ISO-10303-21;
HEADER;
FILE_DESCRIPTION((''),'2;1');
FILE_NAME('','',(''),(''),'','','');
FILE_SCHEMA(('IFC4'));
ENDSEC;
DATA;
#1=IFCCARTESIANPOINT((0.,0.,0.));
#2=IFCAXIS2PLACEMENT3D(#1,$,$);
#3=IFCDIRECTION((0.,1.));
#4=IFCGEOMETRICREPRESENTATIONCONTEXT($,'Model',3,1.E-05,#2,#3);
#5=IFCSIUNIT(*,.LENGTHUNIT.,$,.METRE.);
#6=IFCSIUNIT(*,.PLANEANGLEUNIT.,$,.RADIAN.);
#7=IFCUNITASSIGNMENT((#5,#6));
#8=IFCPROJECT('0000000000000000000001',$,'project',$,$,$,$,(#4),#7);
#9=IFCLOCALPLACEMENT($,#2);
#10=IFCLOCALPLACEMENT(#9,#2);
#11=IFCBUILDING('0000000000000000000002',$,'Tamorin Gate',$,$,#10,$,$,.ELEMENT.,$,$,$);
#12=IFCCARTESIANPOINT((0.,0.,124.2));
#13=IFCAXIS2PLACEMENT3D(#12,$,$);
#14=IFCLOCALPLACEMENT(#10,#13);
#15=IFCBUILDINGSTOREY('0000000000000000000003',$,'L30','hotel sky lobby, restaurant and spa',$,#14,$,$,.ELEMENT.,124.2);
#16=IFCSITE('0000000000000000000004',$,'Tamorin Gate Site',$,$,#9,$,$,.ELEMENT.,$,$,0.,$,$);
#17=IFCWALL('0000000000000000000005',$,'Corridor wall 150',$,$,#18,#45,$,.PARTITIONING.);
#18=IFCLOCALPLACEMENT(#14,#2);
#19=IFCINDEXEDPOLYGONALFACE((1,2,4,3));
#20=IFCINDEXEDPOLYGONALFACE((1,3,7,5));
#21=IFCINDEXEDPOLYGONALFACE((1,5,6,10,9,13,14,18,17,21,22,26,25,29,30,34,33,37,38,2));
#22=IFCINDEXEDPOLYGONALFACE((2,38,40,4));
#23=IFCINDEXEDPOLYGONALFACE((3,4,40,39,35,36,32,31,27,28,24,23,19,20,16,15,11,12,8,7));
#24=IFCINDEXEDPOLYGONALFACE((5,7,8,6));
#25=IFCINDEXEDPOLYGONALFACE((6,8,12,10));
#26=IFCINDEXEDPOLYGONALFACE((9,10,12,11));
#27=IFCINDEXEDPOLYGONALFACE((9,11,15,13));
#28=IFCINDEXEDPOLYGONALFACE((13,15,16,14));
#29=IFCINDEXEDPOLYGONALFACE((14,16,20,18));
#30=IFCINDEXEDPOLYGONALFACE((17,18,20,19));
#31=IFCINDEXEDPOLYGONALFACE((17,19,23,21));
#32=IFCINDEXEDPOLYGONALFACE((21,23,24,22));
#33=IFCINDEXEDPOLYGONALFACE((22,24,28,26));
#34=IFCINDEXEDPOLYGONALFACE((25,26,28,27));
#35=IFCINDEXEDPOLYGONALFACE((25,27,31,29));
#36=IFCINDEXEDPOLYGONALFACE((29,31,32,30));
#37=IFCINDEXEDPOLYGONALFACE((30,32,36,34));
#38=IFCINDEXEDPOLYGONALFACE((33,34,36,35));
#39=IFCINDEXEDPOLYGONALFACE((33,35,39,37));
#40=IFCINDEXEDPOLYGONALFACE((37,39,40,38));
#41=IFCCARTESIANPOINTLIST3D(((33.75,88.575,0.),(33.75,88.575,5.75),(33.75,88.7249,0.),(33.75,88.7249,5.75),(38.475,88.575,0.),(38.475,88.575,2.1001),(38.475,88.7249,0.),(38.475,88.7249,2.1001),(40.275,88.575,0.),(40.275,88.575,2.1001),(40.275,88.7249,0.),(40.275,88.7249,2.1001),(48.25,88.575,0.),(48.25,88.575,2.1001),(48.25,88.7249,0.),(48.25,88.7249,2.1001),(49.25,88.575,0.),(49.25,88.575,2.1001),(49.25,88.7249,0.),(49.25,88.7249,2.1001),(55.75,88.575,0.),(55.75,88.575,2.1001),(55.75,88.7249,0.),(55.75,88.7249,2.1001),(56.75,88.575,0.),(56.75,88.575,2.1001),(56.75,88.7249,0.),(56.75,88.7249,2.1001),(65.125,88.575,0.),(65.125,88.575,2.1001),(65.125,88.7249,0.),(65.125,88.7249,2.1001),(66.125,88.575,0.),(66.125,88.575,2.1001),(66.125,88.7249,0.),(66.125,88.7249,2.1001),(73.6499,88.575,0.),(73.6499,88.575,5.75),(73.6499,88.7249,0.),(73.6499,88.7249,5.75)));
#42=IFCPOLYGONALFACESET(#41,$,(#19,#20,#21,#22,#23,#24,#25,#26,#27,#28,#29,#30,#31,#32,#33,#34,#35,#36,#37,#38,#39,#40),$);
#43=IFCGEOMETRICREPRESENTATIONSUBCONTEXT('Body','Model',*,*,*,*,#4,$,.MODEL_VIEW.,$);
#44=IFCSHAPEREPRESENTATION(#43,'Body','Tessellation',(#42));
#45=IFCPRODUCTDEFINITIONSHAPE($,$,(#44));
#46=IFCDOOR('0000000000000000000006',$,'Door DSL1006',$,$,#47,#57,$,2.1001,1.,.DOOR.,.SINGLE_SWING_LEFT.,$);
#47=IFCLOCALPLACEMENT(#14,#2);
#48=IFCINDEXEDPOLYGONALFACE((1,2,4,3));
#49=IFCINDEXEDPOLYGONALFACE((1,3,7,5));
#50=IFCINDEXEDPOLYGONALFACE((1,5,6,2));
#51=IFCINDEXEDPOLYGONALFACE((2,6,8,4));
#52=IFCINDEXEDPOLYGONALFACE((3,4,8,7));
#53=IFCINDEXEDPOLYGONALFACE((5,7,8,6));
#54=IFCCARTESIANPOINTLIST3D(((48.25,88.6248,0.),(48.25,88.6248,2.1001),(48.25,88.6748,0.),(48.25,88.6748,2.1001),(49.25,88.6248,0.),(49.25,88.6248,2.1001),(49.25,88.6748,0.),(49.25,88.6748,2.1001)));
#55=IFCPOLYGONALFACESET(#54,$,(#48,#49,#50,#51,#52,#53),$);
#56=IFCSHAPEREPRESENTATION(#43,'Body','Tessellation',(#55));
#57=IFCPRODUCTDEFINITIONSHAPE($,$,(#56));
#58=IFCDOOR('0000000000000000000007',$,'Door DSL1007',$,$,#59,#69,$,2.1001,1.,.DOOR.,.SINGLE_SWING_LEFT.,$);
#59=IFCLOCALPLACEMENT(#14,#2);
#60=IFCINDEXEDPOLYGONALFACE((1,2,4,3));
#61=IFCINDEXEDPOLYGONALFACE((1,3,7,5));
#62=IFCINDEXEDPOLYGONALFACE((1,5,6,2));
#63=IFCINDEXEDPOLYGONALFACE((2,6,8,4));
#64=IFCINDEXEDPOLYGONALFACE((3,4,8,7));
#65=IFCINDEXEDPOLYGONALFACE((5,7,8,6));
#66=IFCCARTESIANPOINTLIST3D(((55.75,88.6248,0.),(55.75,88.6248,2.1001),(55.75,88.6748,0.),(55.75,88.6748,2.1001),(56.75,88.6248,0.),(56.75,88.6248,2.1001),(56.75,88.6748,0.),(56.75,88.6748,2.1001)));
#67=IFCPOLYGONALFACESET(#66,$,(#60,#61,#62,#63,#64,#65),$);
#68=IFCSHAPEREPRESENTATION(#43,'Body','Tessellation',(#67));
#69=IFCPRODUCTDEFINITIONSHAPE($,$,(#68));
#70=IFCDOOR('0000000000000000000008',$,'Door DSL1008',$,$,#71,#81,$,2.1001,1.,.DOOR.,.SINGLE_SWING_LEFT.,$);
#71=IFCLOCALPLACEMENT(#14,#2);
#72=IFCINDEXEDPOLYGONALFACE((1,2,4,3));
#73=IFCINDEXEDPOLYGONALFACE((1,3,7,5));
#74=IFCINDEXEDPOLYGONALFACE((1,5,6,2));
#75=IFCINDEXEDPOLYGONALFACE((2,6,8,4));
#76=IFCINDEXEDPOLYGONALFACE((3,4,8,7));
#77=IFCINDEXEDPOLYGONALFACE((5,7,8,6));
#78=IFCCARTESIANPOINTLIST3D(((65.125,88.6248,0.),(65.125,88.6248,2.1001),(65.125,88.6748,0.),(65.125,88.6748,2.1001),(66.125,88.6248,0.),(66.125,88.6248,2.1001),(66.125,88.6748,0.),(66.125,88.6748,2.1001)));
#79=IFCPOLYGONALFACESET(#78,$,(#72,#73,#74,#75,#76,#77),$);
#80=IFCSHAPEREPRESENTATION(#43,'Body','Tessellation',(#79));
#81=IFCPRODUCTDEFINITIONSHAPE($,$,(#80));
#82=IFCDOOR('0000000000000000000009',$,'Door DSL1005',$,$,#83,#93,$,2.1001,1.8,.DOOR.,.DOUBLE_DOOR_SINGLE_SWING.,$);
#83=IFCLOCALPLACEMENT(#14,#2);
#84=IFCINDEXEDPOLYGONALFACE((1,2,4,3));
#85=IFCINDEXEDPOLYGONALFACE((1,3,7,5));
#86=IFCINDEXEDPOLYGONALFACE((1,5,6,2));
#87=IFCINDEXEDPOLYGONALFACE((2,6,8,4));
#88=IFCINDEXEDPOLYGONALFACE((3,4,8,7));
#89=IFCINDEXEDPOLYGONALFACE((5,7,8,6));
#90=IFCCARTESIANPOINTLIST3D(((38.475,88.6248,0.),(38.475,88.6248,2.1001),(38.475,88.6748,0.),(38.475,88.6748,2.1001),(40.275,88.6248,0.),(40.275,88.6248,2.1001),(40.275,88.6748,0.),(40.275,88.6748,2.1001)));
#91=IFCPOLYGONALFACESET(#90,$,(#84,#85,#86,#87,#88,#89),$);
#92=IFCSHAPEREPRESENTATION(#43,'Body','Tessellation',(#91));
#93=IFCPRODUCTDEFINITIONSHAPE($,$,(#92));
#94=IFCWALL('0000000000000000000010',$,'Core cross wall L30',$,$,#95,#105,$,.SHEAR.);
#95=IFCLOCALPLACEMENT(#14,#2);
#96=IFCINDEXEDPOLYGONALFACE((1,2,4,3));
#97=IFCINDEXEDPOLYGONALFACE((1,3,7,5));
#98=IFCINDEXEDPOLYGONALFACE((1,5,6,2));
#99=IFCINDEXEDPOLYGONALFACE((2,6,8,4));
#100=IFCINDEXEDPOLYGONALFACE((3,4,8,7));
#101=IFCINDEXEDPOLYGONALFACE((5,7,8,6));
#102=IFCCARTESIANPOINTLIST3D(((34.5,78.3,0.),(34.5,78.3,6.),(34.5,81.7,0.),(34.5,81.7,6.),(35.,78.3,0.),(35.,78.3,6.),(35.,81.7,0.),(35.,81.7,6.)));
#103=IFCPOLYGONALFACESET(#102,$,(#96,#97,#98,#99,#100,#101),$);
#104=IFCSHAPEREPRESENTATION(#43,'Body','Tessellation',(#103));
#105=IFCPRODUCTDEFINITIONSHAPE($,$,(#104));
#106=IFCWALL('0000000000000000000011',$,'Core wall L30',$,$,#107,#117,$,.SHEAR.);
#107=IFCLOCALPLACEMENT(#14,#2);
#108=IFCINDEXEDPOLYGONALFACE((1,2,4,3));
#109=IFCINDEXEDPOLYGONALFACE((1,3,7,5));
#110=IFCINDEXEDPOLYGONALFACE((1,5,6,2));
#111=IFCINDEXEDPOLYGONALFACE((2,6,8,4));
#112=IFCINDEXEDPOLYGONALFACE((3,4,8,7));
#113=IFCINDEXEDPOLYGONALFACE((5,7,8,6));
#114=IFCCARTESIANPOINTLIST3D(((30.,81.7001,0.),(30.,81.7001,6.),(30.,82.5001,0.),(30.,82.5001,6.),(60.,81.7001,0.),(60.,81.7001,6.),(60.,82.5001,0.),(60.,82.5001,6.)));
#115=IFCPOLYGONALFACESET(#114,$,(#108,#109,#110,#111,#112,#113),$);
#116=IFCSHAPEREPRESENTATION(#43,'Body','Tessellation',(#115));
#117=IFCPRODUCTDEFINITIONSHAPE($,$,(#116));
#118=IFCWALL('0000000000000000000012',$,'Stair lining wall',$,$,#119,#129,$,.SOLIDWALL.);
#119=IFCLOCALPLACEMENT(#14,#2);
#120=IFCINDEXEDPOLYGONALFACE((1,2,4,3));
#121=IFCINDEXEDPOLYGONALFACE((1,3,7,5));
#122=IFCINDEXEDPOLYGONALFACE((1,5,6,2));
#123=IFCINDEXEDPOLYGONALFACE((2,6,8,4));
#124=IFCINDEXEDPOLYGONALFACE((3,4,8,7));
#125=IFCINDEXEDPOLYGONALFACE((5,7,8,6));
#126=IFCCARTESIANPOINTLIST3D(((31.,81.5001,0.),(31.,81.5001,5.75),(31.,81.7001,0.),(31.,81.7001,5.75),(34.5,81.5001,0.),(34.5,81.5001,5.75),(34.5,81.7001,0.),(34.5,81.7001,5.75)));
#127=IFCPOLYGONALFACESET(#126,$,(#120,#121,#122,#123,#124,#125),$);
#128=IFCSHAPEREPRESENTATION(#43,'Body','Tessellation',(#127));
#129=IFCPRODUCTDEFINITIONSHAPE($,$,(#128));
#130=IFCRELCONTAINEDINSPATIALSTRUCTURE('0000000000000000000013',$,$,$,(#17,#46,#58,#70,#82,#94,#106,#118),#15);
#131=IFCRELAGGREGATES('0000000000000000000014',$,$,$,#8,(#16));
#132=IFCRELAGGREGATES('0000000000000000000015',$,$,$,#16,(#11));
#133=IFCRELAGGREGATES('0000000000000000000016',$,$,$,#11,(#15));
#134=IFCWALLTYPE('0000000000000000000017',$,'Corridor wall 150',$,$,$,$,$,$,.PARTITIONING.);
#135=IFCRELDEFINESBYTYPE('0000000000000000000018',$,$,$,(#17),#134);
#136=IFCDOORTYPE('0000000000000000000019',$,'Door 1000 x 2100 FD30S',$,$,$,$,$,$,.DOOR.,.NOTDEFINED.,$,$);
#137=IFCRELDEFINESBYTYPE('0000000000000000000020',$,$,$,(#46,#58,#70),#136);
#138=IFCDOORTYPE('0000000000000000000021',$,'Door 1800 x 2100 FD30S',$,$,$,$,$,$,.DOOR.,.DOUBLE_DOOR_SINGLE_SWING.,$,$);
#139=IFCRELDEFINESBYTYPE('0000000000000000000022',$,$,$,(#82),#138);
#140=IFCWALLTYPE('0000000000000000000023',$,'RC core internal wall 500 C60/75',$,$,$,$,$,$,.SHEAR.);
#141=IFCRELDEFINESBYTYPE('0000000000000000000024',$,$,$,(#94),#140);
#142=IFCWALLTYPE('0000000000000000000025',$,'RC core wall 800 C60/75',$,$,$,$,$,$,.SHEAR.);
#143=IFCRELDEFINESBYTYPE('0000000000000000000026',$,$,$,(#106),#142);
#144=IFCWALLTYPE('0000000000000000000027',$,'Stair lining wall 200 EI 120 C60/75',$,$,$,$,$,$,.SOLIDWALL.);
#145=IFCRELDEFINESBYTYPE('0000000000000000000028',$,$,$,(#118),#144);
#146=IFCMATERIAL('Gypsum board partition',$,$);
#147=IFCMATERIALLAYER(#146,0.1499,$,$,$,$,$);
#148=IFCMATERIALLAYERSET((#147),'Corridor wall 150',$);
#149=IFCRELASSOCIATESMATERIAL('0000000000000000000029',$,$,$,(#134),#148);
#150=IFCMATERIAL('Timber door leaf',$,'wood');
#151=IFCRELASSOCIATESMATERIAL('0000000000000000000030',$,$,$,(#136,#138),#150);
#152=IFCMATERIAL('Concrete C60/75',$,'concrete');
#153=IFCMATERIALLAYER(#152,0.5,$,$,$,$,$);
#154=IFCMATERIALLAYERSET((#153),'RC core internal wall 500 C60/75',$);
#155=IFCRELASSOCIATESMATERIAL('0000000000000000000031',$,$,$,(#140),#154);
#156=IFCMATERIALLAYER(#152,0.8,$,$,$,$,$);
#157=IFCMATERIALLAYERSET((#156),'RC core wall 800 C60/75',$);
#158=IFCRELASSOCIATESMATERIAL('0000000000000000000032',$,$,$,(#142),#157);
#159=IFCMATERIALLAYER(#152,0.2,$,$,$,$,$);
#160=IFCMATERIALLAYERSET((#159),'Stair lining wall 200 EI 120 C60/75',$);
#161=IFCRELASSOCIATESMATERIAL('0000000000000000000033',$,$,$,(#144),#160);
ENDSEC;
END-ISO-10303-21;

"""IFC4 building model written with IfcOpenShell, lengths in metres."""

from ifc_helpers import new_model, si_unit, direction, frame, frame_2d, origin, place, context, subcontext, project, spatial, rectangle, extrude, material, layer, layer_set, type_object, element, fill, save


model = new_model("IFC4")

# Units and contexts
model_context = context("Model", 3, precision=1e-05, world=origin(), true_north=direction((0.0, 1.0)))
body_context = subcontext(model_context, "Body", "Model", "MODEL_VIEW")
ifc_project = project(units=[si_unit("LENGTHUNIT", "METRE"), si_unit("PLANEANGLEUNIT", "RADIAN")], contexts=[model_context])

# Site, building, storey
site_placement = place(None, origin())
site = spatial("IfcSite", under=ifc_project, at=site_placement, Name="Tamorin Gate Site", CompositionType="ELEMENT", RefElevation=0.0)
building_placement = place(site_placement, origin())
building = spatial("IfcBuilding", under=site, at=building_placement, Name="Tamorin Gate", CompositionType="ELEMENT")
storey_placement = place(building_placement, frame((0.0, 0.0, 124.2)))
storey = spatial("IfcBuildingStorey", under=building, at=storey_placement, Name="L30", Description="hotel sky lobby, restaurant and spa", CompositionType="ELEMENT", Elevation=124.2)

# Wall, openings, doors
ifc_material_1 = material(Name="Gypsum board partition")
ifc_layer_1 = layer(ifc_material_1, 0.1499)
ifc_layer_set_1 = layer_set([ifc_layer_1], Name="Corridor wall 150")
wall_type_1 = type_object("IfcWallType", Name="Corridor wall 150", PredefinedType="PARTITIONING", material=ifc_layer_set_1)
ifc_material_2 = material(Name="Timber door leaf", Category="wood")
wall_1_placement = place(storey_placement, frame((33.75, 88.6499, 0.0), z_axis=(0.0, 0.0, 1.0), x_axis=(1.0, 0.0, 0.0)))
wall_1 = element("IfcWall", 1, at=wall_1_placement, inside=storey, type_object=wall_type_1, Name="Corridor wall 150", PredefinedType="PARTITIONING", context=body_context, shape_type="SweptSolid", body=[
    extrude(rectangle(XDim=39.8999, YDim=0.1499, at=frame_2d((19.95, 0.0))), origin(), (0.0, 0.0, 1.0), 5.75),
])
opening_1_placement = place(wall_1_placement, frame((4.7251, 0.0, 0.0)))
opening_1 = element("IfcOpeningElement", 2, at=opening_1_placement, cuts=wall_1, PredefinedType="OPENING", context=body_context, shape_type="SweptSolid", body=[
    extrude(rectangle(XDim=1.8, YDim=2.1001, at=frame_2d((0.8999, 1.05))), frame((0.0, 0.085, 0.0), z_axis=(0.0, -1.0, 0.0), x_axis=(1.0, 0.0, 0.0)), (0.0, 0.0, 1.0), 0.1699),
])
opening_2_placement = place(wall_1_placement, frame((14.5, 0.0, 0.0)))
opening_2 = element("IfcOpeningElement", 3, at=opening_2_placement, cuts=wall_1, PredefinedType="OPENING", context=body_context, shape_type="SweptSolid", body=[
    extrude(rectangle(XDim=1.0, YDim=2.1001, at=frame_2d((0.5, 1.05))), frame((0.0, 0.085, 0.0), z_axis=(0.0, -1.0, 0.0), x_axis=(1.0, 0.0, 0.0)), (0.0, 0.0, 1.0), 0.1699),
])
opening_3_placement = place(wall_1_placement, frame((22.0, 0.0, 0.0)))
opening_3 = element("IfcOpeningElement", 4, at=opening_3_placement, cuts=wall_1, PredefinedType="OPENING", context=body_context, shape_type="SweptSolid", body=[
    extrude(rectangle(XDim=1.0, YDim=2.1001, at=frame_2d((0.5, 1.05))), frame((0.0, 0.085, 0.0), z_axis=(0.0, -1.0, 0.0), x_axis=(1.0, 0.0, 0.0)), (0.0, 0.0, 1.0), 0.1699),
])
opening_4_placement = place(wall_1_placement, frame((31.375, 0.0, 0.0)))
opening_4 = element("IfcOpeningElement", 5, at=opening_4_placement, cuts=wall_1, PredefinedType="OPENING", context=body_context, shape_type="SweptSolid", body=[
    extrude(rectangle(XDim=1.0, YDim=2.1001, at=frame_2d((0.5, 1.05))), frame((0.0, 0.085, 0.0), z_axis=(0.0, -1.0, 0.0), x_axis=(1.0, 0.0, 0.0)), (0.0, 0.0, 1.0), 0.1699),
])
door_type_1 = type_object("IfcDoorType", Name="Door 1000 x 2100 FD30S", OperationType="NOTDEFINED", PredefinedType="DOOR", material=ifc_material_2)
door_1_placement = place(opening_2_placement, origin())
door_1 = element("IfcDoor", 6, at=door_1_placement, inside=storey, type_object=door_type_1, Name="Door DSL1006", OperationType="SINGLE_SWING_LEFT", OverallHeight=2.1001, OverallWidth=1.0, PredefinedType="DOOR", context=body_context, shape_type="SweptSolid", body=[
    extrude(rectangle(XDim=1.0, YDim=2.1001, at=frame_2d((0.5, 1.05))), frame((0.0, 0.0249, 0.0), z_axis=(0.0, -1.0, 0.0), x_axis=(1.0, 0.0, 0.0)), (0.0, 0.0, 1.0), 0.05),
])
fill(opening_2, door_1)
door_2_placement = place(opening_3_placement, origin())
door_2 = element("IfcDoor", 7, at=door_2_placement, inside=storey, type_object=door_type_1, Name="Door DSL1007", OperationType="SINGLE_SWING_LEFT", OverallHeight=2.1001, OverallWidth=1.0, PredefinedType="DOOR", context=body_context, shape_type="SweptSolid", body=[
    extrude(rectangle(XDim=1.0, YDim=2.1001, at=frame_2d((0.5, 1.05))), frame((0.0, 0.0249, 0.0), z_axis=(0.0, -1.0, 0.0), x_axis=(1.0, 0.0, 0.0)), (0.0, 0.0, 1.0), 0.05),
])
fill(opening_3, door_2)
door_3_placement = place(opening_4_placement, origin())
door_3 = element("IfcDoor", 8, at=door_3_placement, inside=storey, type_object=door_type_1, Name="Door DSL1008", OperationType="SINGLE_SWING_LEFT", OverallHeight=2.1001, OverallWidth=1.0, PredefinedType="DOOR", context=body_context, shape_type="SweptSolid", body=[
    extrude(rectangle(XDim=1.0, YDim=2.1001, at=frame_2d((0.5, 1.05))), frame((0.0, 0.0249, 0.0), z_axis=(0.0, -1.0, 0.0), x_axis=(1.0, 0.0, 0.0)), (0.0, 0.0, 1.0), 0.05),
])
fill(opening_4, door_3)
door_type_2 = type_object("IfcDoorType", Name="Door 1800 x 2100 FD30S", OperationType="DOUBLE_DOOR_SINGLE_SWING", PredefinedType="DOOR", material=ifc_material_2)
door_4_placement = place(opening_1_placement, origin())
door_4 = element("IfcDoor", 9, at=door_4_placement, inside=storey, type_object=door_type_2, Name="Door DSL1005", OperationType="DOUBLE_DOOR_SINGLE_SWING", OverallHeight=2.1001, OverallWidth=1.8, PredefinedType="DOOR", context=body_context, shape_type="SweptSolid", body=[
    extrude(rectangle(XDim=1.8, YDim=2.1001, at=frame_2d((0.8999, 1.05))), frame((0.0, 0.0249, 0.0), z_axis=(0.0, -1.0, 0.0), x_axis=(1.0, 0.0, 0.0)), (0.0, 0.0, 1.0), 0.05),
])
fill(opening_1, door_4)

# Walls
ifc_material_3 = material(Name="Concrete C60/75", Category="concrete")
ifc_layer_2 = layer(ifc_material_3, 0.5)
ifc_layer_set_2 = layer_set([ifc_layer_2], Name="RC core internal wall 500 C60/75")
wall_type_2 = type_object("IfcWallType", Name="RC core internal wall 500 C60/75", PredefinedType="SHEAR", material=ifc_layer_set_2)
wall_2_placement = place(storey_placement, frame((34.75, 78.3, 0.0), z_axis=(0.0, 0.0, 1.0), x_axis=(0.0, 1.0, 0.0)))
element("IfcWall", 10, at=wall_2_placement, inside=storey, type_object=wall_type_2, Name="Core cross wall L30", PredefinedType="SHEAR", context=body_context, shape_type="SweptSolid", body=[
    extrude(rectangle(XDim=3.3999, YDim=0.5, at=frame_2d((1.7, 0.0))), origin(), (0.0, 0.0, 1.0), 6.0),
])
ifc_layer_3 = layer(ifc_material_3, 0.8)
ifc_layer_set_3 = layer_set([ifc_layer_3], Name="RC core wall 800 C60/75")
wall_type_3 = type_object("IfcWallType", Name="RC core wall 800 C60/75", PredefinedType="SHEAR", material=ifc_layer_set_3)
wall_3_placement = place(storey_placement, frame((30.0, 82.1001, 0.0), z_axis=(0.0, 0.0, 1.0), x_axis=(1.0, 0.0, 0.0)))
element("IfcWall", 11, at=wall_3_placement, inside=storey, type_object=wall_type_3, Name="Core wall L30", PredefinedType="SHEAR", context=body_context, shape_type="SweptSolid", body=[
    extrude(rectangle(XDim=30.0, YDim=0.8, at=frame_2d((15.0, 0.0))), origin(), (0.0, 0.0, 1.0), 6.0),
])
ifc_layer_4 = layer(ifc_material_3, 0.2)
ifc_layer_set_4 = layer_set([ifc_layer_4], Name="Stair lining wall 200 EI 120 C60/75")
wall_type_4 = type_object("IfcWallType", Name="Stair lining wall 200 EI 120 C60/75", PredefinedType="SOLIDWALL", material=ifc_layer_set_4)
wall_4_placement = place(storey_placement, frame((31.0, 81.6001, 0.0), z_axis=(0.0, 0.0, 1.0), x_axis=(1.0, 0.0, 0.0)))
element("IfcWall", 12, at=wall_4_placement, inside=storey, type_object=wall_type_4, Name="Stair lining wall", PredefinedType="SOLIDWALL", context=body_context, shape_type="SweptSolid", body=[
    extrude(rectangle(XDim=3.5, YDim=0.2, at=frame_2d((1.75, 0.0))), origin(), (0.0, 0.0, 1.0), 5.75),
])

save(model, "model.ifc")
